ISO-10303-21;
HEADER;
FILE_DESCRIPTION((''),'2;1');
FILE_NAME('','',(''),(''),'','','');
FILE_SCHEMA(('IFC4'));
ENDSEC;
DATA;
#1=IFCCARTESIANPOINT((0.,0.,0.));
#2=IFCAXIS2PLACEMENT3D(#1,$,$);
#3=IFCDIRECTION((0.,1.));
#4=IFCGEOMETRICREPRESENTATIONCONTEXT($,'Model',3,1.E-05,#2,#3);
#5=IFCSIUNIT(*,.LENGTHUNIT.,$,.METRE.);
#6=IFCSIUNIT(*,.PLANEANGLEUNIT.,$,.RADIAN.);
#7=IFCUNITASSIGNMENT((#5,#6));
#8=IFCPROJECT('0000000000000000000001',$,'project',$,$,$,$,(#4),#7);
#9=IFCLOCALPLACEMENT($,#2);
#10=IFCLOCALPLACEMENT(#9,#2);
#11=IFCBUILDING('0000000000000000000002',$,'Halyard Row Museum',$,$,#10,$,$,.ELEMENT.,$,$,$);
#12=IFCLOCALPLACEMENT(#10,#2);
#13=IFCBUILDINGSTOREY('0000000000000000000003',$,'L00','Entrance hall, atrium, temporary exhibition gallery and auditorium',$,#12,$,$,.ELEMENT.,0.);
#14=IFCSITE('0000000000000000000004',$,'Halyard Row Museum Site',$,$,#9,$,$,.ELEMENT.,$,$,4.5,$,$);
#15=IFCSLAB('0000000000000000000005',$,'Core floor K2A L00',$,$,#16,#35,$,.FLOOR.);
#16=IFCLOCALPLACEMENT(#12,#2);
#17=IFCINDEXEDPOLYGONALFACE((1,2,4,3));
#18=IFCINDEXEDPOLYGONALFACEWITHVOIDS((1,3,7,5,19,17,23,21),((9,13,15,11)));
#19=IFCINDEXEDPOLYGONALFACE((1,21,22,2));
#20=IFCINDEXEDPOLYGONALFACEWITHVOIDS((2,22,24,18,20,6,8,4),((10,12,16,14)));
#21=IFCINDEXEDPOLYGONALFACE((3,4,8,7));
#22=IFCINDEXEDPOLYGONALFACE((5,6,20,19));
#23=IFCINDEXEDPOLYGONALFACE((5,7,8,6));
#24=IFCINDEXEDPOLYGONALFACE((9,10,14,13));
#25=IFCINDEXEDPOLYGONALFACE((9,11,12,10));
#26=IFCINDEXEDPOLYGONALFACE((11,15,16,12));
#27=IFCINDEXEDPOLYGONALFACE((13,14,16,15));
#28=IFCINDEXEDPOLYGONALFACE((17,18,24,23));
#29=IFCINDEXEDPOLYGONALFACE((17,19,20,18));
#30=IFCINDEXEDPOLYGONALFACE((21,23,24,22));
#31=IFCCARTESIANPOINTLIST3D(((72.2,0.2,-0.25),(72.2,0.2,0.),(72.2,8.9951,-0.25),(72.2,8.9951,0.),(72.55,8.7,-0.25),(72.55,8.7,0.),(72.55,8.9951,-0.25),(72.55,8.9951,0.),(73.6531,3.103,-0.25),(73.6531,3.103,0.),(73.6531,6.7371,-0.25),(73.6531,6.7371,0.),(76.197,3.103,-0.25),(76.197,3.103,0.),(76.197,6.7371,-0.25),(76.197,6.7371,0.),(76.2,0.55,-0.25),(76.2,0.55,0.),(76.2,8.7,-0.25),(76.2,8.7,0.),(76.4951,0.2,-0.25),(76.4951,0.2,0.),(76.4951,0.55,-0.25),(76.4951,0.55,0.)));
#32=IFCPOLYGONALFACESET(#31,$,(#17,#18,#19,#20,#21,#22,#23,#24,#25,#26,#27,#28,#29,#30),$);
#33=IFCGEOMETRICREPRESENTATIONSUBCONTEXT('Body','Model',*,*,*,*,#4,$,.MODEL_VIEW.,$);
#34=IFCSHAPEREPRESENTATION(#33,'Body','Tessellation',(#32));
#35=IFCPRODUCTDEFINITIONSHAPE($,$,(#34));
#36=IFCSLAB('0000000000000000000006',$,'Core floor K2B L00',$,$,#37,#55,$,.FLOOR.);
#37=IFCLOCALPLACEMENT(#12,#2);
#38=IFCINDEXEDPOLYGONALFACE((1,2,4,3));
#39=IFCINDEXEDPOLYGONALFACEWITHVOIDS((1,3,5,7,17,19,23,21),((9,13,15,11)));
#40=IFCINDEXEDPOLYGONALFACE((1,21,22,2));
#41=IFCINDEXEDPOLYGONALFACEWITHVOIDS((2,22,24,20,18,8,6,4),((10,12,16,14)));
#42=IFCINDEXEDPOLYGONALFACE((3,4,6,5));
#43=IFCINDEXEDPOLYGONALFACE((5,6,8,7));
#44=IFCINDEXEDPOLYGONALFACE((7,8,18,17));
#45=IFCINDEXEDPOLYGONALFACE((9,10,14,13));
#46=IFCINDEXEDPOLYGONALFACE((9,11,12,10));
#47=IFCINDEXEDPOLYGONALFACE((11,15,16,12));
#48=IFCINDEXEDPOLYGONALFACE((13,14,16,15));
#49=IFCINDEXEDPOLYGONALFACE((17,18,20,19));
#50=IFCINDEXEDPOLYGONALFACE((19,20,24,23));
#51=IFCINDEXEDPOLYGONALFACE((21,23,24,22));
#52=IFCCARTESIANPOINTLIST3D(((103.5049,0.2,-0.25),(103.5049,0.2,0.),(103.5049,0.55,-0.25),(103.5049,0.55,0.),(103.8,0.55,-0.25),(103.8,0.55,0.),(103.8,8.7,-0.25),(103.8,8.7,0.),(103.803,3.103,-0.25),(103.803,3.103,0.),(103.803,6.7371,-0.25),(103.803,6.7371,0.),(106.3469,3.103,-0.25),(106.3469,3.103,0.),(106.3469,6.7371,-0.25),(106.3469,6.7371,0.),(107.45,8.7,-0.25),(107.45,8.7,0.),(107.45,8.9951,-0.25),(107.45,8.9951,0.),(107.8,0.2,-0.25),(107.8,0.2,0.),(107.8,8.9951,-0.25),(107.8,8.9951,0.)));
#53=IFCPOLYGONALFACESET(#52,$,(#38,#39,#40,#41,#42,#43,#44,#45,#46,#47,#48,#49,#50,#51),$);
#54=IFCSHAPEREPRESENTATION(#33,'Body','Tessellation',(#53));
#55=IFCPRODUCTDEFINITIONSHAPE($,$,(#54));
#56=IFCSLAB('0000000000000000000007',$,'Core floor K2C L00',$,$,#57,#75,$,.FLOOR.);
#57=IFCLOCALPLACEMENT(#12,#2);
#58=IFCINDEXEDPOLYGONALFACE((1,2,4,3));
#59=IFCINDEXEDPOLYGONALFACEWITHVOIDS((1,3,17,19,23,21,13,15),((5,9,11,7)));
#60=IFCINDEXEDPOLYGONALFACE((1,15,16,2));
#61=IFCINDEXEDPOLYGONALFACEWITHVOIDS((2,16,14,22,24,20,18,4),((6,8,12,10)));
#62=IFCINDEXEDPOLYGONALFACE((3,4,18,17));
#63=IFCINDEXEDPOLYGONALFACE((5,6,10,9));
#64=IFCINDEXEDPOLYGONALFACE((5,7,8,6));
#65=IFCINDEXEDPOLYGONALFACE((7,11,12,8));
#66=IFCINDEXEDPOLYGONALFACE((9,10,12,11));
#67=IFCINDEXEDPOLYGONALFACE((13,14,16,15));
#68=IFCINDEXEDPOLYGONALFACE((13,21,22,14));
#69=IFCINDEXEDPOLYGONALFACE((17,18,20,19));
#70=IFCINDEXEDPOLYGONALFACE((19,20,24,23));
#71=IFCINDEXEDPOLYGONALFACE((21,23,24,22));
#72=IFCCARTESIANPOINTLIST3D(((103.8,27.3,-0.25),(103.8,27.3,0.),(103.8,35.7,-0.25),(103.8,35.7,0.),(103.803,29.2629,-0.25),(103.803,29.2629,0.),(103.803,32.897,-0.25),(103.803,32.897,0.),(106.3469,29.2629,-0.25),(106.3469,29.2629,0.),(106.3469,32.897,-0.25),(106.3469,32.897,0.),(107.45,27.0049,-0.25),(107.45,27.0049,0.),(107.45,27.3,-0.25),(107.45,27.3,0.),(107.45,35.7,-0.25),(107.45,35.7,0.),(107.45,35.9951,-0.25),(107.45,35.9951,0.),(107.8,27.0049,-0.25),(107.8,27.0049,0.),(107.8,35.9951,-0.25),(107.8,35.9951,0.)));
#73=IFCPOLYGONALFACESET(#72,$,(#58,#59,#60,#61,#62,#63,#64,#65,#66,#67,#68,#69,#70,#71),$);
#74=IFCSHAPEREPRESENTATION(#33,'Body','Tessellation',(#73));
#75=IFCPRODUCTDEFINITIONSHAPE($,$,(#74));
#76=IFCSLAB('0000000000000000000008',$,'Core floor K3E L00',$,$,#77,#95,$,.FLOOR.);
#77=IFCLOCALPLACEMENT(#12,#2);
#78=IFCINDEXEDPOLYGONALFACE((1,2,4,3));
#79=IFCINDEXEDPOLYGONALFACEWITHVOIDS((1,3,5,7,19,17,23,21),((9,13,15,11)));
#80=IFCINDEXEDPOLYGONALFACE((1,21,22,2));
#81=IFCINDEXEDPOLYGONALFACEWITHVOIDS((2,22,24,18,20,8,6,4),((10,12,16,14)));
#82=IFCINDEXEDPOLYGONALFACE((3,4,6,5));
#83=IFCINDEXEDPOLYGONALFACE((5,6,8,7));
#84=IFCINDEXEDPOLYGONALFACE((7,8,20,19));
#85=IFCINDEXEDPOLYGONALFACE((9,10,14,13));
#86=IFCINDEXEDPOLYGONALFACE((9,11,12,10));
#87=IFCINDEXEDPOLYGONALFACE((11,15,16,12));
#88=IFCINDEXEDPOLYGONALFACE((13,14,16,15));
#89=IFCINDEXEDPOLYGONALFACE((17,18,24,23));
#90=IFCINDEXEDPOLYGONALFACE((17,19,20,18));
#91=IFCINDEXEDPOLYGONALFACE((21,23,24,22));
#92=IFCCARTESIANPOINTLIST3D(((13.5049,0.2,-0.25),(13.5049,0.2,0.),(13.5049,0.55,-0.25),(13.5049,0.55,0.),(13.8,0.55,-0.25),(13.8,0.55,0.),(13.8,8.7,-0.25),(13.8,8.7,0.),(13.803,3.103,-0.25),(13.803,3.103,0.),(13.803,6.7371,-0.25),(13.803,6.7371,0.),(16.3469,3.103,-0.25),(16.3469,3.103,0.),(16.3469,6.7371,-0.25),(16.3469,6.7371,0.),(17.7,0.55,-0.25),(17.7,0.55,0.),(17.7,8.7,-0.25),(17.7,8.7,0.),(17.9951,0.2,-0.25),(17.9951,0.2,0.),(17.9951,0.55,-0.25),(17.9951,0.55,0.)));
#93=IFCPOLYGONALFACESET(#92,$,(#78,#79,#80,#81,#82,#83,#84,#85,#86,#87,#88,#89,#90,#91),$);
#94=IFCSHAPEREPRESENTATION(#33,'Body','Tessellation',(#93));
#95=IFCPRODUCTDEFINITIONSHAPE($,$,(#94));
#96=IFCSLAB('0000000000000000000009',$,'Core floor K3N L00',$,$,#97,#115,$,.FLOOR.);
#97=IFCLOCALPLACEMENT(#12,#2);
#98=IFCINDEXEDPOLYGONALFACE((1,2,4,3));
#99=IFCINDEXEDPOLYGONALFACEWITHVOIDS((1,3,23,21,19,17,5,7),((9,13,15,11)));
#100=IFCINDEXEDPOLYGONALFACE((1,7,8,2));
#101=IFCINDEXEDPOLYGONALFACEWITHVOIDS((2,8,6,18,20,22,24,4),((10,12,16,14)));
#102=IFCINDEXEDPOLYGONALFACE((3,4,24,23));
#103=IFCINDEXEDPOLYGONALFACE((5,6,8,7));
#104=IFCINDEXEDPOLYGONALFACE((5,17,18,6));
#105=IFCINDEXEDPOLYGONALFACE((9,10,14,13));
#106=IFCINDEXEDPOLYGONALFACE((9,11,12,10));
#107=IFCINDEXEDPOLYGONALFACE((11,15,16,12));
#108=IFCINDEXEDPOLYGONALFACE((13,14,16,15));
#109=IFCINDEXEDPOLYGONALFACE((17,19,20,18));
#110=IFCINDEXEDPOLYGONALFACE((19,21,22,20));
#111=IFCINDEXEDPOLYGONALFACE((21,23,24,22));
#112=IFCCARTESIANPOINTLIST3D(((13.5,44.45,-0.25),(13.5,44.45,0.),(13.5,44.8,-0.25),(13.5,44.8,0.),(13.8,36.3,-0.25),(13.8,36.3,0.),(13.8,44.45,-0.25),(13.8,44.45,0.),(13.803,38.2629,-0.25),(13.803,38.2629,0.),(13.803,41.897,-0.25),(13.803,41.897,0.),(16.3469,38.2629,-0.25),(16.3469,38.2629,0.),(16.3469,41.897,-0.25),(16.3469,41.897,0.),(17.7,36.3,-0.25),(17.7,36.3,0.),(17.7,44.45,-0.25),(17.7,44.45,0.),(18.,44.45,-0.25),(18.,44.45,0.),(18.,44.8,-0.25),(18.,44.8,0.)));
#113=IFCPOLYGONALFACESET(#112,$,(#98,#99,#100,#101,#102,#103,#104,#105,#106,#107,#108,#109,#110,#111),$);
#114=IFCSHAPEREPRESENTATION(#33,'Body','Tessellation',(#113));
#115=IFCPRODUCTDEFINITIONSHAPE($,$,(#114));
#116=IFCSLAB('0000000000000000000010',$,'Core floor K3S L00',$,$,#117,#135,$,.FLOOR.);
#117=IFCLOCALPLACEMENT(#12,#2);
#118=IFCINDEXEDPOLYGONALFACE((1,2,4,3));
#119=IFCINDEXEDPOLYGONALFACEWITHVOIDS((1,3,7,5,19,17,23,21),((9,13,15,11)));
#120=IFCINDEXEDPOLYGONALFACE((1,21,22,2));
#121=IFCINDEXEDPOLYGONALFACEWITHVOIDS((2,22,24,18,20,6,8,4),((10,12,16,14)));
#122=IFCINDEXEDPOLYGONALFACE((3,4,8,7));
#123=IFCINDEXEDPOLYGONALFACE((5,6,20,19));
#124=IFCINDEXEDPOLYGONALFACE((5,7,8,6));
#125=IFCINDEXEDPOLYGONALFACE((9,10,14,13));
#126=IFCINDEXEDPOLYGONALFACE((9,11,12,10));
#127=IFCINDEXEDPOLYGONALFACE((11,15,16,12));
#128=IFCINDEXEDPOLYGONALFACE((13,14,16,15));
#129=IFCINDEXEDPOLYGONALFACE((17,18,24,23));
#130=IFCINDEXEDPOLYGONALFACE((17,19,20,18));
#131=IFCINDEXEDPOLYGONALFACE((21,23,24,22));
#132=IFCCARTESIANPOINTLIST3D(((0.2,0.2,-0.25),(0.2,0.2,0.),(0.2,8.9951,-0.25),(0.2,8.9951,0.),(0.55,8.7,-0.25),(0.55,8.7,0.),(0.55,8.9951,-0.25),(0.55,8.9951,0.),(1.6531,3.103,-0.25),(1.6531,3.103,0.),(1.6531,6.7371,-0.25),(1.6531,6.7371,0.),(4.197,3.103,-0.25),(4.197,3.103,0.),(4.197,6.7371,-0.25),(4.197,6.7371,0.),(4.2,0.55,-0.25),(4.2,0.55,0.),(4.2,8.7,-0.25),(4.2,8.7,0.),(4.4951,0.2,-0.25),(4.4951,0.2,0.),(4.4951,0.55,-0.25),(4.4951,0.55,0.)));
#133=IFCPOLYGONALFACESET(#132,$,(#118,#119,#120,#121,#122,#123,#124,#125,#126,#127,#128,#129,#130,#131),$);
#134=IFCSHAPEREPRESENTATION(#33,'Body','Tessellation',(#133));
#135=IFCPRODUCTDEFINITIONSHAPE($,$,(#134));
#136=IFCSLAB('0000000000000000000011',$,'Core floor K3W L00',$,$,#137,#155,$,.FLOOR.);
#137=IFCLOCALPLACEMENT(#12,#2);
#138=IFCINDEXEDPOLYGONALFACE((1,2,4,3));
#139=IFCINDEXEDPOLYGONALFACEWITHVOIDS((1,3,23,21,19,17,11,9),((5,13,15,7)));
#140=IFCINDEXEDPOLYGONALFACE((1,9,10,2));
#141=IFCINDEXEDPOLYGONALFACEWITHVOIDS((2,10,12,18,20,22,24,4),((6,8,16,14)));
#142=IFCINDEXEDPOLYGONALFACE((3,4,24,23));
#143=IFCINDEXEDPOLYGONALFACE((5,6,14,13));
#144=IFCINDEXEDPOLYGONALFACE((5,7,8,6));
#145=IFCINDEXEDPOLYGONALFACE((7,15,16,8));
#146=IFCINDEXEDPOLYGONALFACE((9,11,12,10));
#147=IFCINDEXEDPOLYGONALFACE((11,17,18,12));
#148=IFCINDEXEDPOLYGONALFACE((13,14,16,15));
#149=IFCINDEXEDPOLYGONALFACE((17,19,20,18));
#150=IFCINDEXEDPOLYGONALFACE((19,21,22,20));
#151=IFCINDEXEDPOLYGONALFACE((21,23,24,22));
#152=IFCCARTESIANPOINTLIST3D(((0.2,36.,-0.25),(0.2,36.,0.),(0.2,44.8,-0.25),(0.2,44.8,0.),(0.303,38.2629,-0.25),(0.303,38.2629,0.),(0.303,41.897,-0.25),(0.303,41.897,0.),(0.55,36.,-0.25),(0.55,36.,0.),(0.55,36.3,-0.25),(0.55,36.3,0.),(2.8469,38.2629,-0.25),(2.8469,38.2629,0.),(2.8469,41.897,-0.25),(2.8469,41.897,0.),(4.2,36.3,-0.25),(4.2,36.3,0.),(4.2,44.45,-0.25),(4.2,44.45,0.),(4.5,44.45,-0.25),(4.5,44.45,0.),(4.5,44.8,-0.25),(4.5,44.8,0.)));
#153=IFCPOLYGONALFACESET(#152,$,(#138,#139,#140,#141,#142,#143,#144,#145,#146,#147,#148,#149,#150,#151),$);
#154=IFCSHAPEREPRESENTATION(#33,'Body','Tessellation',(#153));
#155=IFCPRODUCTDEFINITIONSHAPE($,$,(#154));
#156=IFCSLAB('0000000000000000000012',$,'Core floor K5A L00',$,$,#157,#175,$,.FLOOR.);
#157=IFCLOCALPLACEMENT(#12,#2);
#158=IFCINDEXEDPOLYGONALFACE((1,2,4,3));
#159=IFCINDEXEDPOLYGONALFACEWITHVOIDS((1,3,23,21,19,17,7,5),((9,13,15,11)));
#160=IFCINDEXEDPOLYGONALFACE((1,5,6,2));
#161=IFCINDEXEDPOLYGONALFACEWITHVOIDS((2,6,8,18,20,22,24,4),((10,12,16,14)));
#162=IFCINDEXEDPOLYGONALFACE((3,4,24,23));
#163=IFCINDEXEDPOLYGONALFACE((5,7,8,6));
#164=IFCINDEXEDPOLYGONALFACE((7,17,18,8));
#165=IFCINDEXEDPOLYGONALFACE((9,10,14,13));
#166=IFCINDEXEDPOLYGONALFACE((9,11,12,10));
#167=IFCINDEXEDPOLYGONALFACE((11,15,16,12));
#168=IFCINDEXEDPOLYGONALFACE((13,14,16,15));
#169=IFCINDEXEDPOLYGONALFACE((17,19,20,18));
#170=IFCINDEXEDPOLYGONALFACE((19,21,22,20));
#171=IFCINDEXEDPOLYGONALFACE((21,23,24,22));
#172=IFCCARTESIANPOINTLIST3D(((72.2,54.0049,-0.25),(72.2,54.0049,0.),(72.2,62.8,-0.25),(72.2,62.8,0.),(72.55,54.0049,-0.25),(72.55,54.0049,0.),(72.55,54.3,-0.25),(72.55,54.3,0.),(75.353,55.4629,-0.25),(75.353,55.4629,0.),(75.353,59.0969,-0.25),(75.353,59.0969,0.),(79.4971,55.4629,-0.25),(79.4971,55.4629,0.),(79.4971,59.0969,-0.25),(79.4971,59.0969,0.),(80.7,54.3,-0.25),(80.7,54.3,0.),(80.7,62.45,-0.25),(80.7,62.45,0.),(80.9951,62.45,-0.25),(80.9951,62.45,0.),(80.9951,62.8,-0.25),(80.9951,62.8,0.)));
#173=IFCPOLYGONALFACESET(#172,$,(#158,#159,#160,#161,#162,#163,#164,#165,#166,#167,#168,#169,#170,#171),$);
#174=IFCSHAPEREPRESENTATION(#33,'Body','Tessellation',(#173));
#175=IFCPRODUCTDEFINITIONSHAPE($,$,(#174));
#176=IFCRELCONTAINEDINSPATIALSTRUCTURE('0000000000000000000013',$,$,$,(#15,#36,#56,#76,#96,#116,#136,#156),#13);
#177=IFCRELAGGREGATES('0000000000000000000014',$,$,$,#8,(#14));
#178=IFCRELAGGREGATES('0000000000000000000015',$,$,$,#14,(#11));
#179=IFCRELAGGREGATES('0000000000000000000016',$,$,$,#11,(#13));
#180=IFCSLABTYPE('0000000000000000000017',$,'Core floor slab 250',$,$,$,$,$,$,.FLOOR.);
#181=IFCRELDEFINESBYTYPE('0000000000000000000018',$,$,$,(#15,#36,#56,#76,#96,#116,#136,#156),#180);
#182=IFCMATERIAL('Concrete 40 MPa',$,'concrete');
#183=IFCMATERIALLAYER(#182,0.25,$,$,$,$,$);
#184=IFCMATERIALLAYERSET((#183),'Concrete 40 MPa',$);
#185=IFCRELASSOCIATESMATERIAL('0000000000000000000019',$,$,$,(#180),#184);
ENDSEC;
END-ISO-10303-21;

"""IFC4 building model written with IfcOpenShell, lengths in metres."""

from ifc_helpers import new_model, si_unit, direction, frame, origin, place, context, subcontext, project, spatial, polyline, outline, extrude, material, layer, layer_set, type_object, element, save


model = new_model("IFC4")

# Units and contexts
model_context = context("Model", 3, precision=1e-05, world=origin(), true_north=direction((0.0, 1.0)))
body_context = subcontext(model_context, "Body", "Model", "MODEL_VIEW")
ifc_project = project(units=[si_unit("LENGTHUNIT", "METRE"), si_unit("PLANEANGLEUNIT", "RADIAN")], contexts=[model_context])

# Site, building, storey
site_placement = place(None, origin())
site = spatial("IfcSite", under=ifc_project, at=site_placement, Name="Halyard Row Museum Site", CompositionType="ELEMENT", RefElevation=4.5)
building_placement = place(site_placement, origin())
building = spatial("IfcBuilding", under=site, at=building_placement, Name="Halyard Row Museum", CompositionType="ELEMENT")
storey_placement = place(building_placement, origin())
storey = spatial("IfcBuildingStorey", under=building, at=storey_placement, Name="L00", Description="Entrance hall, atrium, temporary exhibition gallery and auditorium", CompositionType="ELEMENT", Elevation=0.0)

# Slabs
ifc_material_1 = material(Name="Concrete 40 MPa", Category="concrete")
ifc_layer_1 = layer(ifc_material_1, 0.25)
ifc_layer_set_1 = layer_set([ifc_layer_1], Name="Concrete 40 MPa")
slab_type_1 = type_object("IfcSlabType", Name="Core floor slab 250", PredefinedType="FLOOR", material=ifc_layer_set_1)
slab_1_placement = place(storey_placement, frame((0.0, 0.0, -0.25)))
element("IfcSlab", 1, at=slab_1_placement, inside=storey, type_object=slab_type_1, Name="Core floor K2A L00", PredefinedType="FLOOR", context=body_context, shape_type="SweptSolid", body=[
    extrude(outline(polyline([(76.2, 0.55), (76.2, 8.7), (72.55, 8.7), (72.55, 8.9951), (72.2, 8.9951), (72.2, 0.2), (76.4951, 0.2), (76.4951, 0.55), (76.2, 0.55)]), holes=[polyline([(73.6531, 6.7371), (76.197, 6.7371), (76.197, 3.103), (73.6531, 3.103), (73.6531, 6.7371)])]), origin(), (0.0, 0.0, 1.0), 0.25),
])
slab_2_placement = place(storey_placement, frame((0.0, 0.0, -0.25)))
element("IfcSlab", 2, at=slab_2_placement, inside=storey, type_object=slab_type_1, Name="Core floor K2B L00", PredefinedType="FLOOR", context=body_context, shape_type="SweptSolid", body=[
    extrude(outline(polyline([(107.45, 8.9951), (107.45, 8.7), (103.8, 8.7), (103.8, 0.55), (103.5049, 0.55), (103.5049, 0.2), (107.8, 0.2), (107.8, 8.9951), (107.45, 8.9951)]), holes=[polyline([(103.803, 3.103), (103.803, 6.7371), (106.3469, 6.7371), (106.3469, 3.103), (103.803, 3.103)])]), origin(), (0.0, 0.0, 1.0), 0.25),
])
slab_3_placement = place(storey_placement, frame((0.0, 0.0, -0.25)))
element("IfcSlab", 3, at=slab_3_placement, inside=storey, type_object=slab_type_1, Name="Core floor K2C L00", PredefinedType="FLOOR", context=body_context, shape_type="SweptSolid", body=[
    extrude(outline(polyline([(107.45, 35.9951), (107.45, 35.7), (103.8, 35.7), (103.8, 27.3), (107.45, 27.3), (107.45, 27.0049), (107.8, 27.0049), (107.8, 35.9951), (107.45, 35.9951)]), holes=[polyline([(106.3469, 29.2629), (103.803, 29.2629), (103.803, 32.897), (106.3469, 32.897), (106.3469, 29.2629)])]), origin(), (0.0, 0.0, 1.0), 0.25),
])
slab_4_placement = place(storey_placement, frame((0.0, 0.0, -0.25)))
element("IfcSlab", 4, at=slab_4_placement, inside=storey, type_object=slab_type_1, Name="Core floor K3E L00", PredefinedType="FLOOR", context=body_context, shape_type="SweptSolid", body=[
    extrude(outline(polyline([(13.5049, 0.2), (17.9951, 0.2), (17.9951, 0.55), (17.7, 0.55), (17.7, 8.7), (13.8, 8.7), (13.8, 0.55), (13.5049, 0.55), (13.5049, 0.2)]), holes=[polyline([(13.803, 3.103), (13.803, 6.7371), (16.3469, 6.7371), (16.3469, 3.103), (13.803, 3.103)])]), origin(), (0.0, 0.0, 1.0), 0.25),
])
slab_5_placement = place(storey_placement, frame((0.0, 0.0, -0.25)))
element("IfcSlab", 5, at=slab_5_placement, inside=storey, type_object=slab_type_1, Name="Core floor K3N L00", PredefinedType="FLOOR", context=body_context, shape_type="SweptSolid", body=[
    extrude(outline(polyline([(13.8, 36.3), (17.7, 36.3), (17.7, 44.45), (18.0, 44.45), (18.0, 44.8), (13.5, 44.8), (13.5, 44.45), (13.8, 44.45), (13.8, 36.3)]), holes=[polyline([(16.3469, 38.2629), (13.803, 38.2629), (13.803, 41.897), (16.3469, 41.897), (16.3469, 38.2629)])]), origin(), (0.0, 0.0, 1.0), 0.25),
])
slab_6_placement = place(storey_placement, frame((0.0, 0.0, -0.25)))
element("IfcSlab", 6, at=slab_6_placement, inside=storey, type_object=slab_type_1, Name="Core floor K3S L00", PredefinedType="FLOOR", context=body_context, shape_type="SweptSolid", body=[
    extrude(outline(polyline([(4.2, 0.55), (4.2, 8.7), (0.55, 8.7), (0.55, 8.9951), (0.2, 8.9951), (0.2, 0.2), (4.4951, 0.2), (4.4951, 0.55), (4.2, 0.55)]), holes=[polyline([(1.6531, 6.7371), (4.197, 6.7371), (4.197, 3.103), (1.6531, 3.103), (1.6531, 6.7371)])]), origin(), (0.0, 0.0, 1.0), 0.25),
])
slab_7_placement = place(storey_placement, frame((0.0, 0.0, -0.25)))
element("IfcSlab", 7, at=slab_7_placement, inside=storey, type_object=slab_type_1, Name="Core floor K3W L00", PredefinedType="FLOOR", context=body_context, shape_type="SweptSolid", body=[
    extrude(outline(polyline([(0.2, 36.0), (0.55, 36.0), (0.55, 36.3), (4.2, 36.3), (4.2, 44.45), (4.5, 44.45), (4.5, 44.8), (0.2, 44.8), (0.2, 36.0)]), holes=[polyline([(2.8469, 38.2629), (0.303, 38.2629), (0.303, 41.897), (2.8469, 41.897), (2.8469, 38.2629)])]), origin(), (0.0, 0.0, 1.0), 0.25),
])
slab_8_placement = place(storey_placement, frame((0.0, 0.0, -0.25)))
element("IfcSlab", 8, at=slab_8_placement, inside=storey, type_object=slab_type_1, Name="Core floor K5A L00", PredefinedType="FLOOR", context=body_context, shape_type="SweptSolid", body=[
    extrude(outline(polyline([(72.2, 62.8), (72.2, 54.0049), (72.55, 54.0049), (72.55, 54.3), (80.7, 54.3), (80.7, 62.45), (80.9951, 62.45), (80.9951, 62.8), (72.2, 62.8)]), holes=[polyline([(79.4971, 55.4629), (75.353, 55.4629), (75.353, 59.0969), (79.4971, 59.0969), (79.4971, 55.4629)])]), origin(), (0.0, 0.0, 1.0), 0.25),
])

save(model, "model.ifc")
